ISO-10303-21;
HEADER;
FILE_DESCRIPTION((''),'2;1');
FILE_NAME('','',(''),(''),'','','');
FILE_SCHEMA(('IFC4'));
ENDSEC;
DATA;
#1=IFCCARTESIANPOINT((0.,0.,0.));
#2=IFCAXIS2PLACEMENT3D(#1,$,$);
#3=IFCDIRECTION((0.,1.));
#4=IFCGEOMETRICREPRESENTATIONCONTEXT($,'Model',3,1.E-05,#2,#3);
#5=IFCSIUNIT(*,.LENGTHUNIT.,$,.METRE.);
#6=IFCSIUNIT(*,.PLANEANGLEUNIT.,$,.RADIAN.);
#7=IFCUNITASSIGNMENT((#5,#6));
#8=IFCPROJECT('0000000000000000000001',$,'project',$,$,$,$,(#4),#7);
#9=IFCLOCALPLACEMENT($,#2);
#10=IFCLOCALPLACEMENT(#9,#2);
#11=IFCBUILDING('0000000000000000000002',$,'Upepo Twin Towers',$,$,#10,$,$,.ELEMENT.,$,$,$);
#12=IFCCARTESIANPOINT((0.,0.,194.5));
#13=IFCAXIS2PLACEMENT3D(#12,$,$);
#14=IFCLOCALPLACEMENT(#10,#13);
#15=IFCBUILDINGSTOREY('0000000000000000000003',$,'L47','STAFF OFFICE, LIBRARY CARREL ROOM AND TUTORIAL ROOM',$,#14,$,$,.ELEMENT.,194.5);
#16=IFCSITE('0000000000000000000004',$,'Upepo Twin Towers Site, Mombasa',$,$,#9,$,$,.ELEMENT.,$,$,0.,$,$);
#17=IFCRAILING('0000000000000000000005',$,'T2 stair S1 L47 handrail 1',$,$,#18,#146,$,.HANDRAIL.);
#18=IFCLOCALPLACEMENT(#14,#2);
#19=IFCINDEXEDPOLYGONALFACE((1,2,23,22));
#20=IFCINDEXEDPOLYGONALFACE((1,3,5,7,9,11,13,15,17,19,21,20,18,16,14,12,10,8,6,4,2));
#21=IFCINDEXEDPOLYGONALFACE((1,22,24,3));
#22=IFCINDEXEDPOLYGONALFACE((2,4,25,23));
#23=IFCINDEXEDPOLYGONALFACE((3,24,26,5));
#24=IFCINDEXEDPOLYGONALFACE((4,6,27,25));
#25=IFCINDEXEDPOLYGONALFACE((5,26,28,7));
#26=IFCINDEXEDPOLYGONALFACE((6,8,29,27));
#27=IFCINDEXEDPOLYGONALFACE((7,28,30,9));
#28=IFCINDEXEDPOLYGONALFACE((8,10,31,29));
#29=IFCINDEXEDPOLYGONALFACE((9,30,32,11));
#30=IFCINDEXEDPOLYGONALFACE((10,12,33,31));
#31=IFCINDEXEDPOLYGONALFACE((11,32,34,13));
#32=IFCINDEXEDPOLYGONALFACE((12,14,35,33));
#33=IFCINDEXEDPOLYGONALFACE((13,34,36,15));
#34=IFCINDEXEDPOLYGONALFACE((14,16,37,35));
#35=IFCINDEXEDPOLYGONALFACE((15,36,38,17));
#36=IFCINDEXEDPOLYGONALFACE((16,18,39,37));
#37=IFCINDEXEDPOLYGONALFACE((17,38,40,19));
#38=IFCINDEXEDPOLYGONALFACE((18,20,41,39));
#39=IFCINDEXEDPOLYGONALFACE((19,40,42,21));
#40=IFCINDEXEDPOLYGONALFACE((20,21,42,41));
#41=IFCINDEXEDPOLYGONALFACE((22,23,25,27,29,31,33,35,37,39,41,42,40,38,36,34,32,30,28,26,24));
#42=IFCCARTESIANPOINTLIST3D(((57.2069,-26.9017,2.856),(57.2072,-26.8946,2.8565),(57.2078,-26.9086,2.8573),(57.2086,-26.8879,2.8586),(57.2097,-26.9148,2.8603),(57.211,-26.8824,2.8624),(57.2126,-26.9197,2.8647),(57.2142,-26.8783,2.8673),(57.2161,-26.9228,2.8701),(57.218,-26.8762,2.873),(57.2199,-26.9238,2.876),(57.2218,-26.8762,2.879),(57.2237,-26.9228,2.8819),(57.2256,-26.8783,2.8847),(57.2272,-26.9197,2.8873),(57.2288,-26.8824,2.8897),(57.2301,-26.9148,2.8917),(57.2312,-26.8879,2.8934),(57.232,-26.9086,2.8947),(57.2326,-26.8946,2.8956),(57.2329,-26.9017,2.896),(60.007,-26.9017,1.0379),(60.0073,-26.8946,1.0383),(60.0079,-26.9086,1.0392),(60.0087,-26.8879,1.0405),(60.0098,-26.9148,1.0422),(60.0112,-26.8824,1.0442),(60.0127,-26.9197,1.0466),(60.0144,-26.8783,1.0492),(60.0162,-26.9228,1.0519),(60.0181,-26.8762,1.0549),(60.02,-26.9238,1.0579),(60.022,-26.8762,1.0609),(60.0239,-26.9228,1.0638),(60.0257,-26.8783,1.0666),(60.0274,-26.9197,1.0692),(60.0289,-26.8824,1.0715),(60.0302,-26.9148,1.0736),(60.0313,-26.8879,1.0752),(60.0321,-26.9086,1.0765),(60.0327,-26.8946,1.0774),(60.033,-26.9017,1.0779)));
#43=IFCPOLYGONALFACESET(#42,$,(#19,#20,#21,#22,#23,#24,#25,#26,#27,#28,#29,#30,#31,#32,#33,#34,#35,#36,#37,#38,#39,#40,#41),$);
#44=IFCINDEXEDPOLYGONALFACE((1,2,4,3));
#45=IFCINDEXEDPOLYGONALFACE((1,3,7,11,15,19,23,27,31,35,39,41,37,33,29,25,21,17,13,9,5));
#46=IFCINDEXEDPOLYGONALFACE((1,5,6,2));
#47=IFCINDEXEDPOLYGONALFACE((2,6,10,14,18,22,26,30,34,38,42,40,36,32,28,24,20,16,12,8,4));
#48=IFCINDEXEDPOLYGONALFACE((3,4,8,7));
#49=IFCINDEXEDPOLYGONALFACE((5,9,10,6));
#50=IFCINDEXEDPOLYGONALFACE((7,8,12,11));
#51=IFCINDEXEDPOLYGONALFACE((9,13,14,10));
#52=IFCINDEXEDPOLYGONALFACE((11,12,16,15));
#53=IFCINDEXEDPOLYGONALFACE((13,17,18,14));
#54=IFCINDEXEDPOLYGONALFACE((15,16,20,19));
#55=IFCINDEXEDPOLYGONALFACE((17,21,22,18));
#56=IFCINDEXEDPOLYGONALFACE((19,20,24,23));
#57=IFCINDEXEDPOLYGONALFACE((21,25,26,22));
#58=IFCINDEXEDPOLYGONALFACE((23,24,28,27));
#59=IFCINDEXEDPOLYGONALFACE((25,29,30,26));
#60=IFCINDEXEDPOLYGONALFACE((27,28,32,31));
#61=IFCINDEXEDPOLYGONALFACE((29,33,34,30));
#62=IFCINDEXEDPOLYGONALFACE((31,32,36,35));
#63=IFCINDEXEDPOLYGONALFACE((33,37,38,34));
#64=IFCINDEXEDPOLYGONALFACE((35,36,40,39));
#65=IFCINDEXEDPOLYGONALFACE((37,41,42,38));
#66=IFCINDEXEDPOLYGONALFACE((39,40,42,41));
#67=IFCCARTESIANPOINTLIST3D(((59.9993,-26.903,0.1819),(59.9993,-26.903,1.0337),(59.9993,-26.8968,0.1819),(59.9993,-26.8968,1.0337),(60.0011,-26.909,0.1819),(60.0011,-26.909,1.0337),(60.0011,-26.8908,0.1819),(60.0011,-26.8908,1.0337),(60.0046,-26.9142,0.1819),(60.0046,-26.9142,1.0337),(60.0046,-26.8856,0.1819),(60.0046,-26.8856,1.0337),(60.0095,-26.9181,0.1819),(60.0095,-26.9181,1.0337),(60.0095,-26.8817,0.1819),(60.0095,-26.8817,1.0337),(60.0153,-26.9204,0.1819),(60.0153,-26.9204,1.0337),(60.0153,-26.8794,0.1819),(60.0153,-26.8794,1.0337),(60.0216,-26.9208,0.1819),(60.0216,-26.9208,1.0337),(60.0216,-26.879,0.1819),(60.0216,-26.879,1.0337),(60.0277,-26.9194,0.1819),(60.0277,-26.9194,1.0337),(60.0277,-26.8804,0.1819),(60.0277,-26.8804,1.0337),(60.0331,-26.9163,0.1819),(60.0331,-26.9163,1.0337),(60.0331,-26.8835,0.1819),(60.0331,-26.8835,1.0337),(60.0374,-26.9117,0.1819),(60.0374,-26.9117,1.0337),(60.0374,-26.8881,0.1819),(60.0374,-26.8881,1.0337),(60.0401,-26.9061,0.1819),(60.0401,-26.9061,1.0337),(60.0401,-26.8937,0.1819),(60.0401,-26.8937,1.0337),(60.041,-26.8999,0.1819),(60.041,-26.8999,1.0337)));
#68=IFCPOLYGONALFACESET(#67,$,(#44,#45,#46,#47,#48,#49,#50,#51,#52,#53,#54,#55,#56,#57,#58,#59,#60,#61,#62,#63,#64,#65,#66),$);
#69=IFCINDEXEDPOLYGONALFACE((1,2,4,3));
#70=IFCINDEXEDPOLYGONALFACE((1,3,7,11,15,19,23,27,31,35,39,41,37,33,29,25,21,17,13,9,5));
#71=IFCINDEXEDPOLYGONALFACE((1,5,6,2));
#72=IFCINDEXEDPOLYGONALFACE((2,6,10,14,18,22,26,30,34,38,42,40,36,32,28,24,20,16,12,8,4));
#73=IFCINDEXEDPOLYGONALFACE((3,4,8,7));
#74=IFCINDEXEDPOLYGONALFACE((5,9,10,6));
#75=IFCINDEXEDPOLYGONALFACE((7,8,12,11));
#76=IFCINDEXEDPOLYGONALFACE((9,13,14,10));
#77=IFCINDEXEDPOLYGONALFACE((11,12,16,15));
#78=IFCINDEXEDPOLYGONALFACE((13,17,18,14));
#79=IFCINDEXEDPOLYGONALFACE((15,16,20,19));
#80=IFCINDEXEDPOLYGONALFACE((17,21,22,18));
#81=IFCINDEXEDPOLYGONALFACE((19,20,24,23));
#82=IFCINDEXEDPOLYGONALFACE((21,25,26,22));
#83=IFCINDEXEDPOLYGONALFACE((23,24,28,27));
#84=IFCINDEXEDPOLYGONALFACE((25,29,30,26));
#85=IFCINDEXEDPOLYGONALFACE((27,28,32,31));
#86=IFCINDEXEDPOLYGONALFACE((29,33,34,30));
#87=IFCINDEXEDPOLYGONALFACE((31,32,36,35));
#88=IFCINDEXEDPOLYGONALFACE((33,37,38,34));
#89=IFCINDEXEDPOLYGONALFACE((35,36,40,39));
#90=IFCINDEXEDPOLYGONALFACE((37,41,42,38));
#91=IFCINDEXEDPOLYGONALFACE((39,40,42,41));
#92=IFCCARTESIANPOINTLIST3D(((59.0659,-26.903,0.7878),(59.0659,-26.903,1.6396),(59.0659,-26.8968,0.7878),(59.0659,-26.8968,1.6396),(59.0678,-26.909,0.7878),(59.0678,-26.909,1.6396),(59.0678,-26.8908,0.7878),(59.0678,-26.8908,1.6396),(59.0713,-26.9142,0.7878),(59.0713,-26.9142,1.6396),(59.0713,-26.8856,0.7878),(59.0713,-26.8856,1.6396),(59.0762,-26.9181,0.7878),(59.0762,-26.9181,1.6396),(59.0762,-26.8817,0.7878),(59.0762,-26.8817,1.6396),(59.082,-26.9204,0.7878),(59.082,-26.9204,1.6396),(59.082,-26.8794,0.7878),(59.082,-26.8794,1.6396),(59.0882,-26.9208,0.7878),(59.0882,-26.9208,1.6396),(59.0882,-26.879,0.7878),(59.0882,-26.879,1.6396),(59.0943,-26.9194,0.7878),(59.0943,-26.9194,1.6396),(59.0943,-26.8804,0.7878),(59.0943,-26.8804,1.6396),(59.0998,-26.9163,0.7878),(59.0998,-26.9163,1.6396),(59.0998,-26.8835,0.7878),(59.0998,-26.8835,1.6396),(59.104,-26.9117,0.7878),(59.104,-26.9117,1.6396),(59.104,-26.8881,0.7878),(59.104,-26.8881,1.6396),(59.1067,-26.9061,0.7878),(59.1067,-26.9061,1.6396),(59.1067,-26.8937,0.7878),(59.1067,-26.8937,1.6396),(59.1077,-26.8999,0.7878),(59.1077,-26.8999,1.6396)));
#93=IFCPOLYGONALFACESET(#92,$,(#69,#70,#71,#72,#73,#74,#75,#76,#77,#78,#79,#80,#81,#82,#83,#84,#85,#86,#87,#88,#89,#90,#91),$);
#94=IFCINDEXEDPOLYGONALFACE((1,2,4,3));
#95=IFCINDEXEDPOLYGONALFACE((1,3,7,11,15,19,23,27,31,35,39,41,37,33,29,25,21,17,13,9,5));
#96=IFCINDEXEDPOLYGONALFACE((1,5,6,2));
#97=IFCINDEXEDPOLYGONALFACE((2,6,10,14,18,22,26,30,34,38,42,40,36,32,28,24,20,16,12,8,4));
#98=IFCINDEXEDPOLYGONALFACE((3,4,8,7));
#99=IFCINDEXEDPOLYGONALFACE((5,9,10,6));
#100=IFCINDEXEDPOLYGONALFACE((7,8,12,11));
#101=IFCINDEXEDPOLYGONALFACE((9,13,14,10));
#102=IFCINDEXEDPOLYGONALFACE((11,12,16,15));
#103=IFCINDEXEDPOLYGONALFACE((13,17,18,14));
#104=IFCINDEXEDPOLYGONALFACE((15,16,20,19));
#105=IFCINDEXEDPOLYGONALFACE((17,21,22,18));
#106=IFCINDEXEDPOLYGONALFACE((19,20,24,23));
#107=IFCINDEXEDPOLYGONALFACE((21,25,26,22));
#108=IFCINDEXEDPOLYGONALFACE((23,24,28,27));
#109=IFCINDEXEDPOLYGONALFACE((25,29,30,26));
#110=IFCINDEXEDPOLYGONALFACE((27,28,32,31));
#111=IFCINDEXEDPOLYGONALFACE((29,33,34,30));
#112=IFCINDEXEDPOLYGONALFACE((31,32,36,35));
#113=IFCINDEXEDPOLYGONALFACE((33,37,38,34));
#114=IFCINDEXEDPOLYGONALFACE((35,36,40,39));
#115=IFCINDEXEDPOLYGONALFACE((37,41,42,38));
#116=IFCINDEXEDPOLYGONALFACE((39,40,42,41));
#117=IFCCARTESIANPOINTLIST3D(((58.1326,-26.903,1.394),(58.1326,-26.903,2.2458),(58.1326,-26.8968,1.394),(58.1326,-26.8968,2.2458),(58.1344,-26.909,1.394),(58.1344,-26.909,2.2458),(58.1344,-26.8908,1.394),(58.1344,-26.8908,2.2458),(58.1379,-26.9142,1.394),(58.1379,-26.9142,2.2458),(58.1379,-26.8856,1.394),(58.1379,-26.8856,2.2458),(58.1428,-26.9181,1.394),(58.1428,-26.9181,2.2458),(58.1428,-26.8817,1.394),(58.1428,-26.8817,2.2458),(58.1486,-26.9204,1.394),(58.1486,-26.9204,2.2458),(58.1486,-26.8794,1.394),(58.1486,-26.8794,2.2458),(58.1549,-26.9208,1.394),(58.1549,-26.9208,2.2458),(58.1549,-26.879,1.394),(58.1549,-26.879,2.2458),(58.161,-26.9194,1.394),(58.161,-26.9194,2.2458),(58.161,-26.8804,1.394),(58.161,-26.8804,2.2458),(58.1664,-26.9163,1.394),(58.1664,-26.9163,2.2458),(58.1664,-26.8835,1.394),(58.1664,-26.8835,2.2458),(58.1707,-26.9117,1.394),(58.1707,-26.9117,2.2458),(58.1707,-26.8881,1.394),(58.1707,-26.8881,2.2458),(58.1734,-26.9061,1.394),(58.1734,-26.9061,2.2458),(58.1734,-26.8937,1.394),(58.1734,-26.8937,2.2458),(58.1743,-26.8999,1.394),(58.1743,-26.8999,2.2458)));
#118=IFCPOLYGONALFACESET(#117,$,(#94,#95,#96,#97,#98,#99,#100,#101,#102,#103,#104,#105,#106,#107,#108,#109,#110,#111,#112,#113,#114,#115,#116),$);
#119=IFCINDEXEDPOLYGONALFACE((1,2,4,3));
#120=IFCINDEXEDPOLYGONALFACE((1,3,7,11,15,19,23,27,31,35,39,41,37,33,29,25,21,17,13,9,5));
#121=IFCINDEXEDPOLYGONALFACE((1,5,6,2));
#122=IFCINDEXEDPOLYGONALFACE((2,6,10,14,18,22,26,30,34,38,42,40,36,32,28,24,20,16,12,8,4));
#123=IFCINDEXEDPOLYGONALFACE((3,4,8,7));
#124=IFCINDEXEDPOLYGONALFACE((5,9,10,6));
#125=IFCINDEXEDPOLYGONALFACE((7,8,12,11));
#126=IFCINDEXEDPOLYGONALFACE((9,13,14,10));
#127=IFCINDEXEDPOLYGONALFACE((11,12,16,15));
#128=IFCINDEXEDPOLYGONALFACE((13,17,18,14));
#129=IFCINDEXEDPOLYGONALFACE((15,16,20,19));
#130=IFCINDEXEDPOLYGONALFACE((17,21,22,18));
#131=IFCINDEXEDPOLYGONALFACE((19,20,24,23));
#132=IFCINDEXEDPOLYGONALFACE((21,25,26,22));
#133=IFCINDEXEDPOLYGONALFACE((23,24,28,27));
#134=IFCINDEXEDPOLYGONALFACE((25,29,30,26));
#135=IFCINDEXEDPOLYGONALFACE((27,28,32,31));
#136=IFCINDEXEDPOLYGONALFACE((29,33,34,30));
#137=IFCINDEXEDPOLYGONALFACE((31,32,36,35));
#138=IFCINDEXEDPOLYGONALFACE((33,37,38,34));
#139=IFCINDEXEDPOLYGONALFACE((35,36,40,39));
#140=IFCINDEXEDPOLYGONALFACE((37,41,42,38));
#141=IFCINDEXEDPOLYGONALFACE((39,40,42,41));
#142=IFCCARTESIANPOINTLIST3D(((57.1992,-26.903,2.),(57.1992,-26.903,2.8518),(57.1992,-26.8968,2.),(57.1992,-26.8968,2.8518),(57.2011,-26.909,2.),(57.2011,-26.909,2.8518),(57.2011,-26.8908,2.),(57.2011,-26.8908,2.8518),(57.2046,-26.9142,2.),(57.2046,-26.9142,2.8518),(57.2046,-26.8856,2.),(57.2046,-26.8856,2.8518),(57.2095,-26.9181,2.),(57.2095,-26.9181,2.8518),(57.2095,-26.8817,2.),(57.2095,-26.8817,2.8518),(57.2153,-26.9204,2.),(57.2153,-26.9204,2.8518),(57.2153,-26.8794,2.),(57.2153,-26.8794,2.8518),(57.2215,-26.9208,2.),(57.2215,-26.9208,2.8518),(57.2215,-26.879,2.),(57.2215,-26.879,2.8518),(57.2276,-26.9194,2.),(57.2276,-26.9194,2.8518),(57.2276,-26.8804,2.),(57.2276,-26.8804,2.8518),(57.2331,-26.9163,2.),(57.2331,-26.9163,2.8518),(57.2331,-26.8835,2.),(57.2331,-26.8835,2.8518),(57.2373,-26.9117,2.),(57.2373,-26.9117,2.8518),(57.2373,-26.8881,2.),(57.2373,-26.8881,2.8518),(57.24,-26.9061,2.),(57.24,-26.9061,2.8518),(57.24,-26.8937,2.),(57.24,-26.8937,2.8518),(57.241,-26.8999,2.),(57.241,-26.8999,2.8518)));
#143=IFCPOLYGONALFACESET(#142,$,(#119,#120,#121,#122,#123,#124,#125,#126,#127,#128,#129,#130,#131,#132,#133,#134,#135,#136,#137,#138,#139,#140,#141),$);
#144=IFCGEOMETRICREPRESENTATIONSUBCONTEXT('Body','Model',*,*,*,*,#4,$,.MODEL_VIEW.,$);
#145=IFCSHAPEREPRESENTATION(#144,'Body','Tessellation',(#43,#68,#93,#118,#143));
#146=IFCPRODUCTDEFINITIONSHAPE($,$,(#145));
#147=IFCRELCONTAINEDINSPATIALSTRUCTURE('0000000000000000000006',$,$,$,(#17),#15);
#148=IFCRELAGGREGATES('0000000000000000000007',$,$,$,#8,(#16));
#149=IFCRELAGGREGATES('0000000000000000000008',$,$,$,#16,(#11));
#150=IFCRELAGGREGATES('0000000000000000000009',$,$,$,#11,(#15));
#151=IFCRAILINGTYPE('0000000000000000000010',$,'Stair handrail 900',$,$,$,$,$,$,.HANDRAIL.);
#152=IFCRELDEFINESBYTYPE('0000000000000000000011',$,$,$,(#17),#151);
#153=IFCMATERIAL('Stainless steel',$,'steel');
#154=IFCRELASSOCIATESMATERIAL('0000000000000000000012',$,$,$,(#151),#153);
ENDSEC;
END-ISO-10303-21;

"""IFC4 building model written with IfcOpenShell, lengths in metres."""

from ifc_helpers import new_model, si_unit, direction, frame, origin, origin_2d, place, context, subcontext, project, spatial, circle, extrude, material, type_object, element, save


model = new_model("IFC4")

# Units and contexts
model_context = context("Model", 3, precision=1e-05, world=origin(), true_north=direction((0.0, 1.0)))
body_context = subcontext(model_context, "Body", "Model", "MODEL_VIEW")
ifc_project = project(units=[si_unit("LENGTHUNIT", "METRE"), si_unit("PLANEANGLEUNIT", "RADIAN")], contexts=[model_context])

# Site, building, storey
site_placement = place(None, origin())
site = spatial("IfcSite", under=ifc_project, at=site_placement, Name="Upepo Twin Towers Site, Mombasa", CompositionType="ELEMENT", RefElevation=0.0)
building_placement = place(site_placement, origin())
building = spatial("IfcBuilding", under=site, at=building_placement, Name="Upepo Twin Towers", CompositionType="ELEMENT")
storey_placement = place(building_placement, frame((0.0, 0.0, 194.5)))
storey = spatial("IfcBuildingStorey", under=building, at=storey_placement, Name="L47", Description="STAFF OFFICE, LIBRARY CARREL ROOM AND TUTORIAL ROOM", CompositionType="ELEMENT", Elevation=194.5)

# Railing
ifc_material_1 = material(Name="Stainless steel", Category="steel")
railing_type = type_object("IfcRailingType", Name="Stair handrail 900", PredefinedType="HANDRAIL", material=ifc_material_1)
railing_1_placement = place(storey_placement, frame((60.02, -26.8999, 0.1819)))
element("IfcRailing", 1, at=railing_1_placement, inside=storey, type_object=railing_type, Name="T2 stair S1 L47 handrail 1", PredefinedType="HANDRAIL", context=body_context, shape_type="SweptSolid", body=[
    extrude(circle(Radius=0.0239, at=origin_2d()), frame((0.0, 0.0, 0.876), z_axis=(-0.838706, 0.0, 0.544585), x_axis=(0.0, -1.0, 0.0)), (0.0, 0.0, 1.0), 3.3386),
    extrude(circle(Radius=0.021, at=origin_2d()), origin(), (0.0, 0.0, 1.0), 0.8518),
    extrude(circle(Radius=0.021, at=origin_2d()), frame((-0.9333, 0.0, 0.606)), (0.0, 0.0, 1.0), 0.8518),
    extrude(circle(Radius=0.021, at=origin_2d()), frame((-1.8667, 0.0, 1.2122)), (0.0, 0.0, 1.0), 0.8518),
    extrude(circle(Radius=0.021, at=origin_2d()), frame((-2.8, 0.0, 1.8181)), (0.0, 0.0, 1.0), 0.8518),
])

save(model, "model.ifc")
